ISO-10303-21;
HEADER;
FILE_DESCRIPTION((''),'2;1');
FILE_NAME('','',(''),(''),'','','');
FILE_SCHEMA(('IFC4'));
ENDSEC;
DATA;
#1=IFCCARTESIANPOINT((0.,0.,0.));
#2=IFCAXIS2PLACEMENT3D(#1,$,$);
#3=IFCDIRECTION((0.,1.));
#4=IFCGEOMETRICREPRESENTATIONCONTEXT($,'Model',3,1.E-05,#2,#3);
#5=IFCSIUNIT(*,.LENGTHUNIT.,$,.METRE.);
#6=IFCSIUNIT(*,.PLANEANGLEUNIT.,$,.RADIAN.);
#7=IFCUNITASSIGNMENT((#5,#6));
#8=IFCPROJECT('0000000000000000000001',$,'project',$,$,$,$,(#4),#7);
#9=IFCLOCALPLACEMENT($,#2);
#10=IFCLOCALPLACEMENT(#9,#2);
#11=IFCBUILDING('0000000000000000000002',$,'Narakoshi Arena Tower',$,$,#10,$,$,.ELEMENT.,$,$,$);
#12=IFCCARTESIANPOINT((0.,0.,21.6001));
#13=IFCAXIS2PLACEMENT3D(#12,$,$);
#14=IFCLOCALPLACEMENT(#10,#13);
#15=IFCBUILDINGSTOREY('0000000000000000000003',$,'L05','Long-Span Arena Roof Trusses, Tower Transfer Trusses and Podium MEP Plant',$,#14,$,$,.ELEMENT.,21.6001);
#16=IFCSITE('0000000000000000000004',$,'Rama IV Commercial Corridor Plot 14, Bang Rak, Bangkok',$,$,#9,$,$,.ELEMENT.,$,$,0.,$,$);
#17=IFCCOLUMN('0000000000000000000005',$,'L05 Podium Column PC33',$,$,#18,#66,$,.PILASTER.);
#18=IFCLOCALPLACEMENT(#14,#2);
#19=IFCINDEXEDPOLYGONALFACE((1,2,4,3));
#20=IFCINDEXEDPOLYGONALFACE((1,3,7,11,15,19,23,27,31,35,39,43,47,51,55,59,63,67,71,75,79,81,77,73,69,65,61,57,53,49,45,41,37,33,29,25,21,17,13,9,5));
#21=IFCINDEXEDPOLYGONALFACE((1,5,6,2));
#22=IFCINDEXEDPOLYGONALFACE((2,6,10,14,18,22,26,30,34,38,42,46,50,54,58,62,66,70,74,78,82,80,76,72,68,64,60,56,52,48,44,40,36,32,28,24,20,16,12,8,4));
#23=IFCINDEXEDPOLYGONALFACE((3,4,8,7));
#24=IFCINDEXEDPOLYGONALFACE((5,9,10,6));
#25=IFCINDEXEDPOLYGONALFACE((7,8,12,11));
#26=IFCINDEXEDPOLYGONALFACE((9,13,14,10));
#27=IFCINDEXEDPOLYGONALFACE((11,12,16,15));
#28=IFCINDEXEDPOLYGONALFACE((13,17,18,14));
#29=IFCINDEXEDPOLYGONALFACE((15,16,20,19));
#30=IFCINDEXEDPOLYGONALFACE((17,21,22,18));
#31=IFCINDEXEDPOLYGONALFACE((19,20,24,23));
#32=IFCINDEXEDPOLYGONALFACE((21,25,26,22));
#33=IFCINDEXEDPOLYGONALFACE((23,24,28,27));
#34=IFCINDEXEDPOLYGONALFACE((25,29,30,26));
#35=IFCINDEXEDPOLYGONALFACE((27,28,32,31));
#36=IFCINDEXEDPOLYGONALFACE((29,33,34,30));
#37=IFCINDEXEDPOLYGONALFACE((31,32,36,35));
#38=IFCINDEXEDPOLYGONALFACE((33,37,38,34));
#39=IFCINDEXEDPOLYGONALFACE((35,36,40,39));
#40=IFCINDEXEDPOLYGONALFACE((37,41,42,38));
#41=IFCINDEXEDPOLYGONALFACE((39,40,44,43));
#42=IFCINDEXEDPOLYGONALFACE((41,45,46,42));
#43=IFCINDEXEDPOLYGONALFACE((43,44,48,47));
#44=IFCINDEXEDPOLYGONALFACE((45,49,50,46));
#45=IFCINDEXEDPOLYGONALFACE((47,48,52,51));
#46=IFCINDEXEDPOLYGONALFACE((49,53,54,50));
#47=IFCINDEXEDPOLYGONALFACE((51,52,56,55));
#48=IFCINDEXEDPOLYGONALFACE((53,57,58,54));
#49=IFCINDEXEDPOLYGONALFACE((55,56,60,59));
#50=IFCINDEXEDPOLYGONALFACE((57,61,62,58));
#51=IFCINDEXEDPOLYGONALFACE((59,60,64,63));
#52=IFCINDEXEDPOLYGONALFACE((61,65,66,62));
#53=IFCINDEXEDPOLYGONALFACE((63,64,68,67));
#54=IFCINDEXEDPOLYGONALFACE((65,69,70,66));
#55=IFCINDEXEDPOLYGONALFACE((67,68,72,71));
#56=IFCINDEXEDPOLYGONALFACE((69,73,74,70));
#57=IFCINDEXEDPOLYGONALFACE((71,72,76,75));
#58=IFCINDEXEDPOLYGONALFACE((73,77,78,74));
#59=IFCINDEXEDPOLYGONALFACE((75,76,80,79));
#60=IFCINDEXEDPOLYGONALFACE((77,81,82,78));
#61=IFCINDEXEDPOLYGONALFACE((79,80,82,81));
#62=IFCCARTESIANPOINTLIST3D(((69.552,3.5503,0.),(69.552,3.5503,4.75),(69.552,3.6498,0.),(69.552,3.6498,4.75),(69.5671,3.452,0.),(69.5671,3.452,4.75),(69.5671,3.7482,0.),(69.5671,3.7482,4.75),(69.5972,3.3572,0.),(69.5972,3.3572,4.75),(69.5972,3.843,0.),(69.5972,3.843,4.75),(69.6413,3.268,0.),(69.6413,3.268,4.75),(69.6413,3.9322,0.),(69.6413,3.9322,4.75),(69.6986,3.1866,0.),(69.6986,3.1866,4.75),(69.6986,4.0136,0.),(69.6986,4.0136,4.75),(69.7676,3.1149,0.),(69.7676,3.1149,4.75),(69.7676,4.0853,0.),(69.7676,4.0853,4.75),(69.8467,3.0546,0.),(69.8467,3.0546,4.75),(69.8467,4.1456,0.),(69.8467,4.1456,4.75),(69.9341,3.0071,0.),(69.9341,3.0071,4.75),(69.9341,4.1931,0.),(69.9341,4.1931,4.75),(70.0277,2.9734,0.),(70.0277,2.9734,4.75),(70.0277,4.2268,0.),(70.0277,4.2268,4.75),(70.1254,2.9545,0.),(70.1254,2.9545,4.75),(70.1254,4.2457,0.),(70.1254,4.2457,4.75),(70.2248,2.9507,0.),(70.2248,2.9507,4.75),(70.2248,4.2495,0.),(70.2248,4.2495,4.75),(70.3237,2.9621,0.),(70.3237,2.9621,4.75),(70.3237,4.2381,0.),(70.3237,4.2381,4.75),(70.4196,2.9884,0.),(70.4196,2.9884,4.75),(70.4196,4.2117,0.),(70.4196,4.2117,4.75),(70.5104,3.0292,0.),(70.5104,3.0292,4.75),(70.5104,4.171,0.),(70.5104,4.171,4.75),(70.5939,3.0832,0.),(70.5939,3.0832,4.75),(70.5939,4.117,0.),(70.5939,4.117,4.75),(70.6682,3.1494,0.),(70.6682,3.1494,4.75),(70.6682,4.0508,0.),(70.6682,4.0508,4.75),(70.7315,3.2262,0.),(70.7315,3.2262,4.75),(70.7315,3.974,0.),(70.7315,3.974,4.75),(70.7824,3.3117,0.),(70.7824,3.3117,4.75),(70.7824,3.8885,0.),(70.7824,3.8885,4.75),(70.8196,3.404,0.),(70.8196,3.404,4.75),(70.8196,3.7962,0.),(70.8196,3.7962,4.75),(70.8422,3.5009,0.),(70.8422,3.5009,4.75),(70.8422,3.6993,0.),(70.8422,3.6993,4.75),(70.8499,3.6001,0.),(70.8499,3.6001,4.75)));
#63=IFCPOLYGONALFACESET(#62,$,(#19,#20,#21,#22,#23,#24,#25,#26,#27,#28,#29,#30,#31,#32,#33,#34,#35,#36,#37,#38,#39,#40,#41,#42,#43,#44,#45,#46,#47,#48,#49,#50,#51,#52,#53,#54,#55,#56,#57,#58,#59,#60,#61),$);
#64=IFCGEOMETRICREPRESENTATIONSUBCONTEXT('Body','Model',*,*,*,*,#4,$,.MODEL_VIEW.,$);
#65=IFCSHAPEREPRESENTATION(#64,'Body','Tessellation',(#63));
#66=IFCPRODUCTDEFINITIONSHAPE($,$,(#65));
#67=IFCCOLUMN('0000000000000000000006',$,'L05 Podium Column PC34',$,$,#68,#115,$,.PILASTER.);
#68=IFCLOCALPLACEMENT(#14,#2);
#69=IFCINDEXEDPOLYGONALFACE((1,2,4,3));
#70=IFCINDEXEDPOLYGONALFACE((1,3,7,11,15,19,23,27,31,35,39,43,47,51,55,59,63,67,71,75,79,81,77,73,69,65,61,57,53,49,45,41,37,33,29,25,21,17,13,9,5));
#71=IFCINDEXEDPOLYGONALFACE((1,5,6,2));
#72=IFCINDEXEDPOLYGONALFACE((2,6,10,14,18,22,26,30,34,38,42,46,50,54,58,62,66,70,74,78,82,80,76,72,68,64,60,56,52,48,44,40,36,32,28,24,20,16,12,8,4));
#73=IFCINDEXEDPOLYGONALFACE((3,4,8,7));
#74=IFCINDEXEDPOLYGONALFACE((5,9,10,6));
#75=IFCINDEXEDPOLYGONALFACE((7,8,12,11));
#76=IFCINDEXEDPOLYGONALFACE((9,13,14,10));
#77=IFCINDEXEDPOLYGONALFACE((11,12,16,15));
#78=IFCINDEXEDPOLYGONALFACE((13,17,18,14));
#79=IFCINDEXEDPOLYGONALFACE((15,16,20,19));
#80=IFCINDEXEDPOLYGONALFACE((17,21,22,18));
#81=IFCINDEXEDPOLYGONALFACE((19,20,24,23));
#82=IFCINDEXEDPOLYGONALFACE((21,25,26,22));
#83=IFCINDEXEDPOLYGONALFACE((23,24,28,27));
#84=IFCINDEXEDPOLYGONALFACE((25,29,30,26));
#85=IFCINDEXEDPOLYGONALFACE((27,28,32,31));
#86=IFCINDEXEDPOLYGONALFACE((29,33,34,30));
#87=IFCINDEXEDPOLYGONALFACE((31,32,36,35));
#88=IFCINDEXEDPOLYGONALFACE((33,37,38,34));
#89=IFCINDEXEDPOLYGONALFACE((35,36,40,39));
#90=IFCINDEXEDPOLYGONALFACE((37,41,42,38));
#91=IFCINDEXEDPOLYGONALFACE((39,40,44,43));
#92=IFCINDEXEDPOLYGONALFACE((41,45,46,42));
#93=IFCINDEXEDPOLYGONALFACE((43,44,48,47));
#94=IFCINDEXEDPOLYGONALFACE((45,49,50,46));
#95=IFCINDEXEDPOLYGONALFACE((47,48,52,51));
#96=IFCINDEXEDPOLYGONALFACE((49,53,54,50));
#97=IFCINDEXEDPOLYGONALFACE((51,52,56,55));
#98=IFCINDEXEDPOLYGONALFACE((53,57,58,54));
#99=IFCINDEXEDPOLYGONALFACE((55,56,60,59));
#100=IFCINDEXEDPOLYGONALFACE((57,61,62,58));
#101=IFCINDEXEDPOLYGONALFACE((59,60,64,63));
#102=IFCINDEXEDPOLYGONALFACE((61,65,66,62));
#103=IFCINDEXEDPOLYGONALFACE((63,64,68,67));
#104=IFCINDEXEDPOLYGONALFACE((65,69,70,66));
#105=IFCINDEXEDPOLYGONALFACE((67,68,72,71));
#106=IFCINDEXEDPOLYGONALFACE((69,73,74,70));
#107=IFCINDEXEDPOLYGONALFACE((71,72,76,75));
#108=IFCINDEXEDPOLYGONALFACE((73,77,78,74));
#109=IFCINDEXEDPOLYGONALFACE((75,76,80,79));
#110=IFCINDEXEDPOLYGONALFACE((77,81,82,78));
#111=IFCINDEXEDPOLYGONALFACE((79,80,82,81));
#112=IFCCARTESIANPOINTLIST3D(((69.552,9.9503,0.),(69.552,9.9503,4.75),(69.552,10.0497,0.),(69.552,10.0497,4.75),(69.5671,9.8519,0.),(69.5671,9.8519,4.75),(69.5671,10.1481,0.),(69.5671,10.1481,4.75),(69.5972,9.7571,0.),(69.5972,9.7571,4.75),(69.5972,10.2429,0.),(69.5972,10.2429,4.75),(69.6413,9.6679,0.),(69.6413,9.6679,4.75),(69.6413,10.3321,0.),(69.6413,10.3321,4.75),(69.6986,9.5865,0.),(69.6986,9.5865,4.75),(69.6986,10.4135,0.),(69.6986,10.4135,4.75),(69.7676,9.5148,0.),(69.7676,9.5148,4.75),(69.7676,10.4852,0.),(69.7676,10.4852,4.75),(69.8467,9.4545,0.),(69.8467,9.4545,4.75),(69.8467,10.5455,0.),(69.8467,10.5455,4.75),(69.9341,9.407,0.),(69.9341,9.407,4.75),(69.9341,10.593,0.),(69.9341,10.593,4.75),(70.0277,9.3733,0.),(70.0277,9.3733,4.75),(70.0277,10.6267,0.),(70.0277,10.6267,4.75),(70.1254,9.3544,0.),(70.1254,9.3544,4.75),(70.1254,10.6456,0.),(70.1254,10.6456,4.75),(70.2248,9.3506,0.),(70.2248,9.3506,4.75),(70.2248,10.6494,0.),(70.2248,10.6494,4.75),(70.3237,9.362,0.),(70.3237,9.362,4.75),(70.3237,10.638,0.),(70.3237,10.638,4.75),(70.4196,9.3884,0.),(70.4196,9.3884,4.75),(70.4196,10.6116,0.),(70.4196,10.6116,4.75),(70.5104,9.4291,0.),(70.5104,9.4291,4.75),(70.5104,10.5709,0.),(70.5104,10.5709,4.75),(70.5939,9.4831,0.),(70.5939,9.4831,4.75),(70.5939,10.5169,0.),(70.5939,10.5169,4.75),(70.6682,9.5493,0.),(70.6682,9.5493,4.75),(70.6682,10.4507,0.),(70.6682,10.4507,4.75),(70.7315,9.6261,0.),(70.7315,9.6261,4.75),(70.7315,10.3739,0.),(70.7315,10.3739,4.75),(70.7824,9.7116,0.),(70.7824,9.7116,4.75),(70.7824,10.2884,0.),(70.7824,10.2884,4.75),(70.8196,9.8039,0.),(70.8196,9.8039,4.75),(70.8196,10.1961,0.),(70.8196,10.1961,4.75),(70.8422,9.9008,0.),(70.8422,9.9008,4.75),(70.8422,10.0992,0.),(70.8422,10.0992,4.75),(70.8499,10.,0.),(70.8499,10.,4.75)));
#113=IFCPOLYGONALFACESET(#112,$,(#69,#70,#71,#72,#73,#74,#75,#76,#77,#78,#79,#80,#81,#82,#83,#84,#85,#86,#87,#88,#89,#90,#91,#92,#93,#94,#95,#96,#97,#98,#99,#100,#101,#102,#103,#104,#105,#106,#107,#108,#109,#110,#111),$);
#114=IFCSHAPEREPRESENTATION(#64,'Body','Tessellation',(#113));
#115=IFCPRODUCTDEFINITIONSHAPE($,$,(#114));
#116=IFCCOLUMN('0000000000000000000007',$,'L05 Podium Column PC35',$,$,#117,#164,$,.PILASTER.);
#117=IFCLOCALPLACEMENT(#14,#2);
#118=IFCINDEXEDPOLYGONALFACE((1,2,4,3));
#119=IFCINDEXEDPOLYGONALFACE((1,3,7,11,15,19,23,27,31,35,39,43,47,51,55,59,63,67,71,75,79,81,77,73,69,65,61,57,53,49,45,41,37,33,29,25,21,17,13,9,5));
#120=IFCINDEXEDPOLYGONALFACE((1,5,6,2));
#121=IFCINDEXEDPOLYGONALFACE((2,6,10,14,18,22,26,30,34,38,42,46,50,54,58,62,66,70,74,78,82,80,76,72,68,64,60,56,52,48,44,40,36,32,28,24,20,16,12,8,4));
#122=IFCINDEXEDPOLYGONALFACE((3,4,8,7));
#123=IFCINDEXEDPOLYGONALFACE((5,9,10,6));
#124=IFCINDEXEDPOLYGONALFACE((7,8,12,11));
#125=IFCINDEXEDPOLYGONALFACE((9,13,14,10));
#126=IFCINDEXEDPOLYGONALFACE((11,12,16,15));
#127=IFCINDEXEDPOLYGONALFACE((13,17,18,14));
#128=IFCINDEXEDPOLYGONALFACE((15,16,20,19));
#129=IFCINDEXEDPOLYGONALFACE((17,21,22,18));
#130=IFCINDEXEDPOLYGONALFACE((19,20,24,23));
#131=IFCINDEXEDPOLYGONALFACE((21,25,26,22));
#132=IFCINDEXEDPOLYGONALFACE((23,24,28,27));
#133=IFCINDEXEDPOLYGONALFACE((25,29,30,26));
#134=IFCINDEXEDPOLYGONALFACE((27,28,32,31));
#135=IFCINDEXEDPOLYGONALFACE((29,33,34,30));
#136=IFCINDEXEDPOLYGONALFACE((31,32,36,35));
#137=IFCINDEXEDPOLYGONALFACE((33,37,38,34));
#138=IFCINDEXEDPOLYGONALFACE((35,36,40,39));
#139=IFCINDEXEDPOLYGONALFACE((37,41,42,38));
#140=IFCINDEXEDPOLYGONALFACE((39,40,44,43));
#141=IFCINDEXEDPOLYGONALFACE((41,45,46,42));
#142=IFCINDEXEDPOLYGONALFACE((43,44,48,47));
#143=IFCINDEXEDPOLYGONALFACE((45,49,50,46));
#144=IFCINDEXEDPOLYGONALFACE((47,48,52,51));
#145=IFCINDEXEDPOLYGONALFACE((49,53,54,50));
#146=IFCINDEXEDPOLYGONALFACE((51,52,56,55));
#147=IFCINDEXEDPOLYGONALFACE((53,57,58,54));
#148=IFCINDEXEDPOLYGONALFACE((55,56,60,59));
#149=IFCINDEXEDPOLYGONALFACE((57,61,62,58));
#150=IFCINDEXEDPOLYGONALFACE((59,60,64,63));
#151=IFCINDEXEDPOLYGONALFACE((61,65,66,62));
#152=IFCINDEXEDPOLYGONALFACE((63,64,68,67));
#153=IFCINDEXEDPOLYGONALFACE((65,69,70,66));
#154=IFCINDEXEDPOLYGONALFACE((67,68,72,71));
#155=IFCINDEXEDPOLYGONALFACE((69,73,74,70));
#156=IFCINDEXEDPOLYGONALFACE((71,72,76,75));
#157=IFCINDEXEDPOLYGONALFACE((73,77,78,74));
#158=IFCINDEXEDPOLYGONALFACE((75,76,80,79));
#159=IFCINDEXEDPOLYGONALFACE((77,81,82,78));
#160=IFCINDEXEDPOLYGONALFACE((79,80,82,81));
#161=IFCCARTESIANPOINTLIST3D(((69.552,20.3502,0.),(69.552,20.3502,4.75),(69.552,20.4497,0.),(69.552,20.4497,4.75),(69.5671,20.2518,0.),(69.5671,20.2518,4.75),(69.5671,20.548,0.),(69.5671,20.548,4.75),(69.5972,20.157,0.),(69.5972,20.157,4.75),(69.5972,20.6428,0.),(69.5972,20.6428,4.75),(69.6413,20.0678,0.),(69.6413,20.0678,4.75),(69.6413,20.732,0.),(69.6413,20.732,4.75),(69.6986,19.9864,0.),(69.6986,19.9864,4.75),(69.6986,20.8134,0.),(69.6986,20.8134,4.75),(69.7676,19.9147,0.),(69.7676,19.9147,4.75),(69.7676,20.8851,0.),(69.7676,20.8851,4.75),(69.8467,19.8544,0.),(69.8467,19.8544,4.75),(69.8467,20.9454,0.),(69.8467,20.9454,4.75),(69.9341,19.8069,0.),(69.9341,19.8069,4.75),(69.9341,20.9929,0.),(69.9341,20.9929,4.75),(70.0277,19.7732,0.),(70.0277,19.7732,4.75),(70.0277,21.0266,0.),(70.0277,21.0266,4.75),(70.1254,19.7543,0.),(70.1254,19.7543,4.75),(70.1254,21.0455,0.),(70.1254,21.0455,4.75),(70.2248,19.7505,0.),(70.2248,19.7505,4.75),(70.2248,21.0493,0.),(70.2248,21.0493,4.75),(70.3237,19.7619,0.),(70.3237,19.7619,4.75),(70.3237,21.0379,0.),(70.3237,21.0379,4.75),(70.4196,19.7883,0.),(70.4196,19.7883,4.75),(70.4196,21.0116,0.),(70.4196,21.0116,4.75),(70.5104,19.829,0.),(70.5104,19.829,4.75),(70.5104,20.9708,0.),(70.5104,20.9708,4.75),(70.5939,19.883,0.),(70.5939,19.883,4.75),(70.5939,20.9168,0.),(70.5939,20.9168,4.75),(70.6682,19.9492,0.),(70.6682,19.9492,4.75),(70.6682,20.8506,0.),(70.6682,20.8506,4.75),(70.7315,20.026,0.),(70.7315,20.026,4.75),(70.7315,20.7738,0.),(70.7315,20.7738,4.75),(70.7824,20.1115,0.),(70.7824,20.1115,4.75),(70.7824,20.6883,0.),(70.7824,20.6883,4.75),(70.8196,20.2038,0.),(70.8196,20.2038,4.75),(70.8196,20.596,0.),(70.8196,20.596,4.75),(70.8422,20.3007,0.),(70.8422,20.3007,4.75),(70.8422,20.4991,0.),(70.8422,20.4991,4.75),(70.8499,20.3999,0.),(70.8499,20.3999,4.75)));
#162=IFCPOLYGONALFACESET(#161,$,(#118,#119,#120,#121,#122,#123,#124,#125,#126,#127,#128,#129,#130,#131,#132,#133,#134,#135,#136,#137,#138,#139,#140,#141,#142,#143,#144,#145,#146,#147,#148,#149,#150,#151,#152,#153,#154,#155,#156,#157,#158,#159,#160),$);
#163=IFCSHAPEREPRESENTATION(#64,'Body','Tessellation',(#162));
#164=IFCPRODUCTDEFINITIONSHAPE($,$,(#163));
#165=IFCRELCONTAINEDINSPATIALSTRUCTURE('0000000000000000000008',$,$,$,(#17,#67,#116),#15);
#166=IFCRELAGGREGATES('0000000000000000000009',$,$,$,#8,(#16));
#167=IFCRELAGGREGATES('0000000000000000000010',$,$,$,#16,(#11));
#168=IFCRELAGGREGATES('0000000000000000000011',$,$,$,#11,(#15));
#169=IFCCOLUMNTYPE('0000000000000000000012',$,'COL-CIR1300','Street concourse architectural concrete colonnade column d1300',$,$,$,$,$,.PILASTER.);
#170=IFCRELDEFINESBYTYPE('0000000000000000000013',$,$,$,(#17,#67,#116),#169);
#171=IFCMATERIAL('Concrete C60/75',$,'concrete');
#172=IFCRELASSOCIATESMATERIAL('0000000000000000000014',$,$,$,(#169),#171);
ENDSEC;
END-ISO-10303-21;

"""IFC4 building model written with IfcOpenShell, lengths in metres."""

from ifc_helpers import new_model, si_unit, direction, frame, origin, origin_2d, place, context, subcontext, project, spatial, circle, extrude, material, material_profile, profile_set, type_object, element, save


model = new_model("IFC4")

# Units and contexts
model_context = context("Model", 3, precision=1e-05, world=origin(), true_north=direction((0.0, 1.0)))
body_context = subcontext(model_context, "Body", "Model", "MODEL_VIEW")
ifc_project = project(units=[si_unit("LENGTHUNIT", "METRE"), si_unit("PLANEANGLEUNIT", "RADIAN")], contexts=[model_context])

# Site, building, storey
site_placement = place(None, origin())
site = spatial("IfcSite", under=ifc_project, at=site_placement, Name="Rama IV Commercial Corridor Plot 14, Bang Rak, Bangkok", CompositionType="ELEMENT", RefElevation=0.0)
building_placement = place(site_placement, origin())
building = spatial("IfcBuilding", under=site, at=building_placement, Name="Narakoshi Arena Tower", CompositionType="ELEMENT")
storey_placement = place(building_placement, frame((0.0, 0.0, 21.6001)))
storey = spatial("IfcBuildingStorey", under=building, at=storey_placement, Name="L05", Description="Long-Span Arena Roof Trusses, Tower Transfer Trusses and Podium MEP Plant", CompositionType="ELEMENT", Elevation=21.6001)

# Columns
ifc_material_1 = material(Name="Concrete C60/75", Category="concrete")
ifc_material_profile_1 = material_profile(ifc_material_1, circle(Radius=0.6499, at=origin_2d()), Name="RCC1300")
ifc_profile_set_1 = profile_set([ifc_material_profile_1], Name="Concrete C60/75")
column_type = type_object("IfcColumnType", Name="COL-CIR1300", Description="Street concourse architectural concrete colonnade column d1300", PredefinedType="PILASTER", material=ifc_profile_set_1)
for number, where, z_axis, x_axis, name in (
    (1, (70.2, 3.6001, 0.0), (0.0, 0.0, 1.0), (1.0, 0.0, 0.0), "L05 Podium Column PC33"),
    (2, (70.2, 10.0, 0.0), (0.0, 0.0, 1.0), (1.0, 0.0, 0.0), "L05 Podium Column PC34"),
    (3, (70.2, 20.3999, 0.0), (0.0, 0.0, 1.0), (1.0, 0.0, 0.0), "L05 Podium Column PC35"),
):
    element("IfcColumn", number, at=place(storey_placement, frame(where, z_axis=z_axis, x_axis=x_axis)), inside=storey, type_object=column_type, Name=name, PredefinedType="PILASTER", context=body_context, shape_type="SweptSolid", body=[
        extrude(circle(Radius=0.6499, at=origin_2d()), origin(), (0.0, 0.0, 1.0), 4.75),
    ])

save(model, "model.ifc")
